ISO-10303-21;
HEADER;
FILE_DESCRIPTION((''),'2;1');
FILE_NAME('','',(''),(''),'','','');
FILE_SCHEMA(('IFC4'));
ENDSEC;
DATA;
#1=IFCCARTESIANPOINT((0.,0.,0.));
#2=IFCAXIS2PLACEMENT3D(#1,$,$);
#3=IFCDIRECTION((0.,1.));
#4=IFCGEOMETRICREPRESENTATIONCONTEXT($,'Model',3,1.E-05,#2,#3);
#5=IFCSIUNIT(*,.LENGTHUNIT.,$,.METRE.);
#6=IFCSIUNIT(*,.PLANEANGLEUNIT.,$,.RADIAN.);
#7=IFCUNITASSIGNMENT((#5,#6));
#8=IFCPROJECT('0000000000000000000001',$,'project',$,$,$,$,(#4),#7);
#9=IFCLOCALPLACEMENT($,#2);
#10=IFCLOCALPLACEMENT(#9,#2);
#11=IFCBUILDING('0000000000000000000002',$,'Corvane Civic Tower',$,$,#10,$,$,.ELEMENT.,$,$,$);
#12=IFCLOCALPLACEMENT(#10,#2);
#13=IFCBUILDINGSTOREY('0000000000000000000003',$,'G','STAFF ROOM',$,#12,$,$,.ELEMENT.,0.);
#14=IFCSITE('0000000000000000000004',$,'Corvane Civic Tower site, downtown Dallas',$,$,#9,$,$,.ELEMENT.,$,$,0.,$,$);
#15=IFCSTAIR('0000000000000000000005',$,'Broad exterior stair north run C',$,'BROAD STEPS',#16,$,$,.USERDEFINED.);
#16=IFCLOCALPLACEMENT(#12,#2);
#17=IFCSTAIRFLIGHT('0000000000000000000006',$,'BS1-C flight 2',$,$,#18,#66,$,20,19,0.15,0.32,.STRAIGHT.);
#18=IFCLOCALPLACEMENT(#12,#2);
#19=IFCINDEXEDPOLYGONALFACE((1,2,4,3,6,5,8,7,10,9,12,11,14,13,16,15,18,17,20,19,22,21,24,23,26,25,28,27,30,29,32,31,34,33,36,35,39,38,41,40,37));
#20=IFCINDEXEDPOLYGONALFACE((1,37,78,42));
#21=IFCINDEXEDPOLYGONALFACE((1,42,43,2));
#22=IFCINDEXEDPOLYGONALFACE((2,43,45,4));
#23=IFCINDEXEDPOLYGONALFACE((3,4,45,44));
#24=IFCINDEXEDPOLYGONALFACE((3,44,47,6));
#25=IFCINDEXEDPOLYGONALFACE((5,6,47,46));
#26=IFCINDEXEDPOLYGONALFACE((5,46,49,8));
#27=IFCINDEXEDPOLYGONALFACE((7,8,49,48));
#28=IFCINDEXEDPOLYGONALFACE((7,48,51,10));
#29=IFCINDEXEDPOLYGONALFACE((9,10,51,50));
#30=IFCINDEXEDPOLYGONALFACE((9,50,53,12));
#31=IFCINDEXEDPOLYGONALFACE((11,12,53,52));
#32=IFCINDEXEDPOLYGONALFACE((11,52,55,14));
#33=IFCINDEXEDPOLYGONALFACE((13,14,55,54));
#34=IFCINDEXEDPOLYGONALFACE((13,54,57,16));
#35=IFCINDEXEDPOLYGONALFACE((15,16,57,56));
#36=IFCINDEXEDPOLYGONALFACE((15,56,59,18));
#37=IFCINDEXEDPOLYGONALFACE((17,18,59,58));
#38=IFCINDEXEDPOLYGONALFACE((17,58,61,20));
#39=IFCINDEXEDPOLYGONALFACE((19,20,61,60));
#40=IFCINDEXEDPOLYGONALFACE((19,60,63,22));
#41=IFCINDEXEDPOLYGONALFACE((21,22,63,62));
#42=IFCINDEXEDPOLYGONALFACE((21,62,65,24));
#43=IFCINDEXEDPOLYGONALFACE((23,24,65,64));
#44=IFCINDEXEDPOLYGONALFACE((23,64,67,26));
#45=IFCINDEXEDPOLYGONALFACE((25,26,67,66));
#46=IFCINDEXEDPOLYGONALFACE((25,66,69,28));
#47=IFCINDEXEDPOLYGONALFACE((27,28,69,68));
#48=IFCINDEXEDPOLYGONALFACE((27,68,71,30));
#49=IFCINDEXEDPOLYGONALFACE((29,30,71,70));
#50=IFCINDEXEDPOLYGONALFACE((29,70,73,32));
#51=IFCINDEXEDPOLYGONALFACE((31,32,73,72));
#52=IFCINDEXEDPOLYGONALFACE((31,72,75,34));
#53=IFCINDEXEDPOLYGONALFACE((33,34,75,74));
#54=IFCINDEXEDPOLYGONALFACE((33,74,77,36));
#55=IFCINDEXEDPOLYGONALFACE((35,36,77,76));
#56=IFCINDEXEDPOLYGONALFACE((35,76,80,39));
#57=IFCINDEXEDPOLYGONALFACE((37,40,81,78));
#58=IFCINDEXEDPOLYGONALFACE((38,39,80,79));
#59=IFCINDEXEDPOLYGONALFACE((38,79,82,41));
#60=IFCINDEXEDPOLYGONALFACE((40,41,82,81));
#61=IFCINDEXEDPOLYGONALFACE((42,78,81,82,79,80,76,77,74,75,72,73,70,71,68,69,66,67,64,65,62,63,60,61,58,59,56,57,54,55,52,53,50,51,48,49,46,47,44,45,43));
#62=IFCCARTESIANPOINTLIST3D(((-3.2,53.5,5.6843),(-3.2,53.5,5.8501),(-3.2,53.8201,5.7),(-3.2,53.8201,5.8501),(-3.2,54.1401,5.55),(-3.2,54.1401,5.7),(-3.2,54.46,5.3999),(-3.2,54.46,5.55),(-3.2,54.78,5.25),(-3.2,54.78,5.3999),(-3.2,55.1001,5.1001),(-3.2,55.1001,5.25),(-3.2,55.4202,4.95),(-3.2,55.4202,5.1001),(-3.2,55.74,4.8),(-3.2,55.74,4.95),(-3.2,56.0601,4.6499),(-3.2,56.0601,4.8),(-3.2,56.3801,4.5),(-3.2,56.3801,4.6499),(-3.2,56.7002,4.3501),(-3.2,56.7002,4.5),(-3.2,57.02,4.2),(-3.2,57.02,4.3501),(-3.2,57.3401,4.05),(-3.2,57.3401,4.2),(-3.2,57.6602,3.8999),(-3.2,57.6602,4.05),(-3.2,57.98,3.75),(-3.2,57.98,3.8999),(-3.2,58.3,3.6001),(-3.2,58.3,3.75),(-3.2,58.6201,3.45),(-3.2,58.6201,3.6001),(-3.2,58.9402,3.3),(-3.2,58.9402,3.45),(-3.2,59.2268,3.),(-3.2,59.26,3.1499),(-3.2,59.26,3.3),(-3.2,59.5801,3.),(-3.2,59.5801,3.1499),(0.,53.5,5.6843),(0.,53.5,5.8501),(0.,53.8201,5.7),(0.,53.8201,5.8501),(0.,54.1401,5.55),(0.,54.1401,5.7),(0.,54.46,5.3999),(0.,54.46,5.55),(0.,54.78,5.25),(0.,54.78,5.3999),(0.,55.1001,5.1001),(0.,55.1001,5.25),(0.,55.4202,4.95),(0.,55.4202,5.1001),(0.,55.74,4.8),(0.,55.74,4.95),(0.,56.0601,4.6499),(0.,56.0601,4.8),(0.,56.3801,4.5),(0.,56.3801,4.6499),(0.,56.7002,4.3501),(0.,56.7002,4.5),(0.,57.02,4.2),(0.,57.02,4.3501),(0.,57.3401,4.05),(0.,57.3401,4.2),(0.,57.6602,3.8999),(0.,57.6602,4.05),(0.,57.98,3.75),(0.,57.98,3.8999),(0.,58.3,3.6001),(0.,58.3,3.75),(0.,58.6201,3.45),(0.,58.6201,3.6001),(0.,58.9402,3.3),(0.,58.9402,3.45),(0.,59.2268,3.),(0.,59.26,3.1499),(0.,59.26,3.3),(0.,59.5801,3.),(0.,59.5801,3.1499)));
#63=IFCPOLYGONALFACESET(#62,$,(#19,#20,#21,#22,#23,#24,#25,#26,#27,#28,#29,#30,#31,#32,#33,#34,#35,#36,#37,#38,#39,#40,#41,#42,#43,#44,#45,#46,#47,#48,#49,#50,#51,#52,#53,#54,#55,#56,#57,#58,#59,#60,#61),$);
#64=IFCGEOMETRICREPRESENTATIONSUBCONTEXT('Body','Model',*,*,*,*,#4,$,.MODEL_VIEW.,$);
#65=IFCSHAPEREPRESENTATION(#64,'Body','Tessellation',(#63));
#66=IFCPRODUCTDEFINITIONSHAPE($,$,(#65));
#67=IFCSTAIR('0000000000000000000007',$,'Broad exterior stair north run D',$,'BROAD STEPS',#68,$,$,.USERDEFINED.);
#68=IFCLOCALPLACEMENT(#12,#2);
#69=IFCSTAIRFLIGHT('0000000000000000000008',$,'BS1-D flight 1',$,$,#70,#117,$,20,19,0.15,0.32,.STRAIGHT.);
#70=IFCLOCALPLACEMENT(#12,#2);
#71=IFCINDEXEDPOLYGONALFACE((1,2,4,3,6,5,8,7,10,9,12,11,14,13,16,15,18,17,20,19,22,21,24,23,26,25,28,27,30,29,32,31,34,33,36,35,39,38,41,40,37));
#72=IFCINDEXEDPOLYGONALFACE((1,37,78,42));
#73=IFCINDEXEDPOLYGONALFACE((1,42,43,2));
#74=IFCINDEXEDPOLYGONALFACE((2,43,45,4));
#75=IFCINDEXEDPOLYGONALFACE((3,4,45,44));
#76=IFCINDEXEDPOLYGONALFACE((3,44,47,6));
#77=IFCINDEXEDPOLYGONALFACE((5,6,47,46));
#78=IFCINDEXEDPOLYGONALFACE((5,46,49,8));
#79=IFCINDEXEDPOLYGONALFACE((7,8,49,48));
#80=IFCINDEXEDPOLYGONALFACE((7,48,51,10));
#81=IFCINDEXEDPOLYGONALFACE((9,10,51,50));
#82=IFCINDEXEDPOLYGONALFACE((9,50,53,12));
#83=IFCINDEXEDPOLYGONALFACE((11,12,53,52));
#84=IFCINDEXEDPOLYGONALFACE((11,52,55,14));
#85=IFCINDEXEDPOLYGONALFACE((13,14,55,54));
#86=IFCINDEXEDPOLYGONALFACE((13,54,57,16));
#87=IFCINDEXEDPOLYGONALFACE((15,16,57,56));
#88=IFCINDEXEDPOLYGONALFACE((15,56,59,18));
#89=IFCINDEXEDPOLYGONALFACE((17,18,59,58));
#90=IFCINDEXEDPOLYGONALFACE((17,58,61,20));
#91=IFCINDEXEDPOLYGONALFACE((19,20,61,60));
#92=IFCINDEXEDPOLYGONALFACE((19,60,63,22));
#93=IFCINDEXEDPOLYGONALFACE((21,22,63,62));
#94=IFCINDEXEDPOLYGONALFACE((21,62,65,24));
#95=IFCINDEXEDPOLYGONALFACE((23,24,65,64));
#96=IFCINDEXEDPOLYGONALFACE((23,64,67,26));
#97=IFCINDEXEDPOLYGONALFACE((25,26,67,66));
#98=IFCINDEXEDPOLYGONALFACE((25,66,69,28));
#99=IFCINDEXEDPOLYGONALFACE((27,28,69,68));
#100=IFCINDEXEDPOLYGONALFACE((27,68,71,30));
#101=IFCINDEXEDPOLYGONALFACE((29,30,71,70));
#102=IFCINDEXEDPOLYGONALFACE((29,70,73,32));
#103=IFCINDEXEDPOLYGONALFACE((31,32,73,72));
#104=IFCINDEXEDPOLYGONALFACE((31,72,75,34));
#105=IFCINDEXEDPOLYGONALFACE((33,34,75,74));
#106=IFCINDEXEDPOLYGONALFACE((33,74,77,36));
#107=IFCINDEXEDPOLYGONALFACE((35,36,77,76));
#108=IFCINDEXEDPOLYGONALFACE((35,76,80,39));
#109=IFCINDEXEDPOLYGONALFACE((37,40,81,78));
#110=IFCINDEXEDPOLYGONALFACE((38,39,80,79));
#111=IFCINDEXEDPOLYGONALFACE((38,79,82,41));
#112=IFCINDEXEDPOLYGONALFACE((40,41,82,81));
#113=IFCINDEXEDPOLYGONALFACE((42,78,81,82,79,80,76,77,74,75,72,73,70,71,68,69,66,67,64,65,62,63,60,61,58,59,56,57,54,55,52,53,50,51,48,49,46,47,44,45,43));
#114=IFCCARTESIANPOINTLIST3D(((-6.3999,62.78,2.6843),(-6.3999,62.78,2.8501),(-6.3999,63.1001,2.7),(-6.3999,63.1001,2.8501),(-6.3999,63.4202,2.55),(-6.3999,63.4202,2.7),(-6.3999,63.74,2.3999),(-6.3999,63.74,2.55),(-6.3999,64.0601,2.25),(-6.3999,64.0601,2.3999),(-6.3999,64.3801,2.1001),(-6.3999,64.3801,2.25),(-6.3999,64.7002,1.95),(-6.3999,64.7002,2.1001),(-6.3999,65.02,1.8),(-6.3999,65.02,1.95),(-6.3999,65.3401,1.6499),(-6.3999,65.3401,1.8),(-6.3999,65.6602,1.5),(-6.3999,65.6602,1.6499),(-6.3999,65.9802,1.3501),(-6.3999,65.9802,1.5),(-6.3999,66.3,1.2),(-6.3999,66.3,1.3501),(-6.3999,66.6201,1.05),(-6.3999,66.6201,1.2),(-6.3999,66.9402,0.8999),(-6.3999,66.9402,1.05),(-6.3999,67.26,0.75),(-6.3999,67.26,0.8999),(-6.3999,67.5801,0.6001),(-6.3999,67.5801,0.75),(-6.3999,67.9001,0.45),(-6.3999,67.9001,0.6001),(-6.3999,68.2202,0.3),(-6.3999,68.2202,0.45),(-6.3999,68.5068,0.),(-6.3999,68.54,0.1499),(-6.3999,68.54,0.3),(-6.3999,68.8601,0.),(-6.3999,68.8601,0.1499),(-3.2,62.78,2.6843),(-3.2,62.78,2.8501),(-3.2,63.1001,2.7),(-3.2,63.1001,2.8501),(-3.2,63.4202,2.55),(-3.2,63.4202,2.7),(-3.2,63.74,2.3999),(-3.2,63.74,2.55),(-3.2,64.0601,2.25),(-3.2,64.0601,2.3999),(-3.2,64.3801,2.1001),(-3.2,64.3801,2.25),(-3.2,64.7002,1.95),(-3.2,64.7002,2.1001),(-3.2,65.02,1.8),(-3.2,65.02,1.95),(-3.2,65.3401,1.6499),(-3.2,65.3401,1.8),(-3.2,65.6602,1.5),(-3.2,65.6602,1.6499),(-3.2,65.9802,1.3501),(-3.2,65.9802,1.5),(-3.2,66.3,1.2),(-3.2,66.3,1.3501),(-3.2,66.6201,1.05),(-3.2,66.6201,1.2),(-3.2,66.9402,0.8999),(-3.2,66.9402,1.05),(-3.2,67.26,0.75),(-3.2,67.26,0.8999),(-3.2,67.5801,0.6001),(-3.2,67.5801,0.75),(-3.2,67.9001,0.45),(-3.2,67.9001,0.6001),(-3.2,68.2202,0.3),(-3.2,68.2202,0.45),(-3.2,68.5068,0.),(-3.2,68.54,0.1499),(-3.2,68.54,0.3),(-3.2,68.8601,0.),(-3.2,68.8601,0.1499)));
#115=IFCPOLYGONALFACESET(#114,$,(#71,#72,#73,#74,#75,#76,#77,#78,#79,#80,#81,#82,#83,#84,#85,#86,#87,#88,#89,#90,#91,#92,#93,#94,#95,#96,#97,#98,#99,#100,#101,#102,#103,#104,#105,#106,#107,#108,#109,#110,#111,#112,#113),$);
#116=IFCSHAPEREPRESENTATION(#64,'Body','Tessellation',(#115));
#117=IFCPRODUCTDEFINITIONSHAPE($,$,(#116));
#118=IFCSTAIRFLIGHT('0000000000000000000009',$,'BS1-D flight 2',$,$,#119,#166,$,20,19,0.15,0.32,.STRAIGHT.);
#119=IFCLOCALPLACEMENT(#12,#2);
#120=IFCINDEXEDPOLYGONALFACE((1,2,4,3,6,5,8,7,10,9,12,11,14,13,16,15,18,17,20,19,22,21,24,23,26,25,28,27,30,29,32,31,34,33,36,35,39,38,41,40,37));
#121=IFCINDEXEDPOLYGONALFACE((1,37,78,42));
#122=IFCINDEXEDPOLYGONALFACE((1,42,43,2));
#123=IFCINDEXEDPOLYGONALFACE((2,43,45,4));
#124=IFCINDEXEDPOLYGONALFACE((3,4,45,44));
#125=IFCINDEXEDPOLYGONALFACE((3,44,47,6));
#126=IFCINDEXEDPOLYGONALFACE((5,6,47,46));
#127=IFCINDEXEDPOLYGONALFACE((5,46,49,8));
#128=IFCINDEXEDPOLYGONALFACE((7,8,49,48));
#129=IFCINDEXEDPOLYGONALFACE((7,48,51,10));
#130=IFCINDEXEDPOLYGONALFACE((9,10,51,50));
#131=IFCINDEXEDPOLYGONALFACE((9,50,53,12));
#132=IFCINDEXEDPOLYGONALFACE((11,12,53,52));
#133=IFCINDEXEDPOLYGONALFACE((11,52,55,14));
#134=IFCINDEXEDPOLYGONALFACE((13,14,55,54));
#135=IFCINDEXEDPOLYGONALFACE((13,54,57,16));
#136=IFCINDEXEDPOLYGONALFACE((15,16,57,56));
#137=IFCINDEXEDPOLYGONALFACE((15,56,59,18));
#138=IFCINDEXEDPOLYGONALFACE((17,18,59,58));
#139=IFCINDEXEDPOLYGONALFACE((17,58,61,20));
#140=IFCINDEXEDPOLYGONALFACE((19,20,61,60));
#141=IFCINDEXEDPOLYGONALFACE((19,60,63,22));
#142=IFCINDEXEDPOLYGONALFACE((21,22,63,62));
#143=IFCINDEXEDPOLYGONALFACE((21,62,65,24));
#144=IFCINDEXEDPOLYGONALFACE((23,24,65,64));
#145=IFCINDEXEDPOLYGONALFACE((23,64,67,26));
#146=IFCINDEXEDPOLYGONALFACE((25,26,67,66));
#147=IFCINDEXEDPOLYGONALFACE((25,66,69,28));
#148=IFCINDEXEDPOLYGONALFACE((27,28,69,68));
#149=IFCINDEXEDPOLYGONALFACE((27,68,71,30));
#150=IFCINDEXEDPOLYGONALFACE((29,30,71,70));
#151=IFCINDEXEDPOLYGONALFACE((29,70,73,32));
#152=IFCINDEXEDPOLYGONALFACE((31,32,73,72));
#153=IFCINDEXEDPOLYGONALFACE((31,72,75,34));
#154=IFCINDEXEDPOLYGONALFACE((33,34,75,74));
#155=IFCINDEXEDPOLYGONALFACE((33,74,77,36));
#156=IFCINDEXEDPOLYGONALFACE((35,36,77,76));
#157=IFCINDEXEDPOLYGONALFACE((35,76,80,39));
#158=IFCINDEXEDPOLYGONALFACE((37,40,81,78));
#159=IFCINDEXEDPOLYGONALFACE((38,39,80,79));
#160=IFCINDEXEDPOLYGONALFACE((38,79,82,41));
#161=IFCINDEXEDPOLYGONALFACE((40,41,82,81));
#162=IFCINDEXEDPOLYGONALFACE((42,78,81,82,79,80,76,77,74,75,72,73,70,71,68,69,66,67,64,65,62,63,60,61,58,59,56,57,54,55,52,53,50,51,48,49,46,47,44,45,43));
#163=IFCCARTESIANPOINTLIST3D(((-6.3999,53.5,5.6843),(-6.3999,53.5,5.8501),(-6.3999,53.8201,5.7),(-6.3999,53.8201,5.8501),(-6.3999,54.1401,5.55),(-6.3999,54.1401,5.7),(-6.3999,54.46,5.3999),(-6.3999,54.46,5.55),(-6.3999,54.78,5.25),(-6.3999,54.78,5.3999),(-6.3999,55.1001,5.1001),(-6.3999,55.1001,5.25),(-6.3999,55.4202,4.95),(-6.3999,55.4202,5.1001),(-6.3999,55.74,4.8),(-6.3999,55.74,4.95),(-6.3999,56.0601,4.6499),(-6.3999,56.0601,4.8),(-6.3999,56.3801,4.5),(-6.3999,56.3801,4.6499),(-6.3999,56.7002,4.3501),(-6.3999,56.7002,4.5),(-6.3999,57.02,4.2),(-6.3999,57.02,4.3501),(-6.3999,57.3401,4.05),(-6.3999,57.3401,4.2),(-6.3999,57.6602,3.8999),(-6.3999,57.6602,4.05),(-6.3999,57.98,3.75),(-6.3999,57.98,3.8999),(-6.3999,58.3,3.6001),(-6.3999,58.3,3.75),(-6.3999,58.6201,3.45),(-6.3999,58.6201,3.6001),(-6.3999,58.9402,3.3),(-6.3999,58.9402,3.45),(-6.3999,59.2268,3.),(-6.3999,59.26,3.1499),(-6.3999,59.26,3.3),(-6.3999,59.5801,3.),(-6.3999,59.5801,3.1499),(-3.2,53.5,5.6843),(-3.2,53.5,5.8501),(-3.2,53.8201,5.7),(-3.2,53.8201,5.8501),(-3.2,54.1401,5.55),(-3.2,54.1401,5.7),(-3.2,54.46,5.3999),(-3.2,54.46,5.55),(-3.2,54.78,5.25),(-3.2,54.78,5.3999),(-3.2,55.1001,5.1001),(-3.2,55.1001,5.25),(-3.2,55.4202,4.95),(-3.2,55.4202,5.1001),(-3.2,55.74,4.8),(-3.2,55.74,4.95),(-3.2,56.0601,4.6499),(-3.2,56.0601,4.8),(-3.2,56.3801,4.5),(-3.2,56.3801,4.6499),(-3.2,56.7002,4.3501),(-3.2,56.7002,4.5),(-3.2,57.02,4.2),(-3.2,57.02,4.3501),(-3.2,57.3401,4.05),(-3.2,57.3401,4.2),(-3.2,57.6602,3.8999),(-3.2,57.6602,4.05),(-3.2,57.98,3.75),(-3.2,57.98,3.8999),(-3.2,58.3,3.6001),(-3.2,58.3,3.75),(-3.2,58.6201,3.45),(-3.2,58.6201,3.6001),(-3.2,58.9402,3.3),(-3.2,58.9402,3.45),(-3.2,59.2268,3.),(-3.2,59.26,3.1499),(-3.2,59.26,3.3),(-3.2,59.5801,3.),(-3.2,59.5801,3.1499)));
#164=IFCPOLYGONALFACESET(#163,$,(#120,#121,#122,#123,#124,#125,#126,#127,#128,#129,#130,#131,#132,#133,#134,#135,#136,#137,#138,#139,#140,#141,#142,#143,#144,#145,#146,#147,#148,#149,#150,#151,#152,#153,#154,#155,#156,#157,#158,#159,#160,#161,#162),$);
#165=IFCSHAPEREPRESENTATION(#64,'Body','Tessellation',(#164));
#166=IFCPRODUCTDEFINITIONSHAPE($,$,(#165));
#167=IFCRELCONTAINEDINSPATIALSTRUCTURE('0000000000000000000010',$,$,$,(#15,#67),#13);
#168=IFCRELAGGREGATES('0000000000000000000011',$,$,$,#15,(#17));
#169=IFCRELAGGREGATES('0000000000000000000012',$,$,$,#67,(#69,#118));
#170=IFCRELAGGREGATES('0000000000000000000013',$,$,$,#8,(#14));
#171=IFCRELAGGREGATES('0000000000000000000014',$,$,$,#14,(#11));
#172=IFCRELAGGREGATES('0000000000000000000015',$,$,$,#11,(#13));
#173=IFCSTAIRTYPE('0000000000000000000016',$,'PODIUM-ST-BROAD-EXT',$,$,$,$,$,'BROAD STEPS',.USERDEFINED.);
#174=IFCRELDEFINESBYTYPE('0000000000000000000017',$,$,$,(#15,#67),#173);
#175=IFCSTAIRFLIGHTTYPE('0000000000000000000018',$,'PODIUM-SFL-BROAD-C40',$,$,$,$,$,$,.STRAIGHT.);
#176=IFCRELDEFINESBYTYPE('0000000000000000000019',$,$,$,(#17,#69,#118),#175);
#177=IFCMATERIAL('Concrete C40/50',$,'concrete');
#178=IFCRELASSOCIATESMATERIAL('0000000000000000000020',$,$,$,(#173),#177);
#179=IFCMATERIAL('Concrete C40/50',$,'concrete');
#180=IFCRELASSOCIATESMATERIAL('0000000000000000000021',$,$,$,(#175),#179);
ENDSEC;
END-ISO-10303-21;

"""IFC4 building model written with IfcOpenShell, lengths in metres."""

from ifc_helpers import new_model, si_unit, direction, frame, origin, place, context, subcontext, project, spatial, polyline, outline, extrude, material, type_object, element, aggregate, save


model = new_model("IFC4")

# Units and contexts
model_context = context("Model", 3, precision=1e-05, world=origin(), true_north=direction((0.0, 1.0)))
body_context = subcontext(model_context, "Body", "Model", "MODEL_VIEW")
ifc_project = project(units=[si_unit("LENGTHUNIT", "METRE"), si_unit("PLANEANGLEUNIT", "RADIAN")], contexts=[model_context])

# Site, building, storey
site_placement = place(None, origin())
site = spatial("IfcSite", under=ifc_project, at=site_placement, Name="Corvane Civic Tower site, downtown Dallas", CompositionType="ELEMENT", RefElevation=0.0)
building_placement = place(site_placement, origin())
building = spatial("IfcBuilding", under=site, at=building_placement, Name="Corvane Civic Tower", CompositionType="ELEMENT")
storey_placement = place(building_placement, origin())
storey = spatial("IfcBuildingStorey", under=building, at=storey_placement, Name="G", Description="STAFF ROOM", CompositionType="ELEMENT", Elevation=0.0)

# Stairs, stair flights
ifc_material_1 = material(Name="Concrete C40/50", Category="concrete")
stair_type = type_object("IfcStairType", Name="PODIUM-ST-BROAD-EXT", ElementType="BROAD STEPS", PredefinedType="USERDEFINED", material=ifc_material_1)
stair_1_placement = place(storey_placement, origin())
stair_1 = element("IfcStair", 1, at=stair_1_placement, inside=storey, type_object=stair_type, Name="Broad exterior stair north run C", ObjectType="BROAD STEPS", PredefinedType="USERDEFINED")
ifc_material_2 = material(Name="Concrete C40/50", Category="concrete")
stair_flight_type = type_object("IfcStairFlightType", Name="PODIUM-SFL-BROAD-C40", PredefinedType="STRAIGHT", material=ifc_material_2)
stair_flight_1_placement = place(storey_placement, frame((-1.6001, 59.5801, 3.0), z_axis=(0.0, 0.0, 1.0), x_axis=(0.0, -1.0, 0.0)))
stair_flight_1 = element("IfcStairFlight", 2, at=stair_flight_1_placement, type_object=stair_flight_type, Name="BS1-C flight 2", NumberOfRisers=20, NumberOfTreads=19, PredefinedType="STRAIGHT", RiserHeight=0.15, TreadLength=0.32, context=body_context, shape_type="SweptSolid", body=[
    extrude(outline(polyline([(0.0, 0.0), (0.0, 0.1499), (0.3201, 0.1499), (0.3201, 0.3), (0.6399, 0.3), (0.6399, 0.45), (0.96, 0.45), (0.96, 0.6001), (1.28, 0.6001), (1.28, 0.75), (1.6001, 0.75), (1.6001, 0.8999), (1.9199, 0.8999), (1.9199, 1.05), (2.24, 1.05), (2.24, 1.2), (2.5601, 1.2), (2.5601, 1.3501), (2.8799, 1.3501), (2.8799, 1.5), (3.2, 1.5), (3.2, 1.6499), (3.52, 1.6499), (3.52, 1.8), (3.8401, 1.8), (3.8401, 1.95), (4.1599, 1.95), (4.1599, 2.1001), (4.48, 2.1001), (4.48, 2.25), (4.8, 2.25), (4.8, 2.3999), (5.1201, 2.3999), (5.1201, 2.55), (5.4399, 2.55), (5.4399, 2.7), (5.76, 2.7), (5.76, 2.8501), (6.0801, 2.8501), (6.0801, 3.0), (6.0801, 2.6843), (0.3533, 0.0), (0.0, 0.0)])), frame((0.0, 1.6001, 0.0), z_axis=(0.0, -1.0, 0.0), x_axis=(1.0, 0.0, 0.0)), (0.0, 0.0, 1.0), 3.2),
])
aggregate(stair_1, [stair_flight_1])
stair_2_placement = place(storey_placement, origin())
stair_2 = element("IfcStair", 3, at=stair_2_placement, inside=storey, type_object=stair_type, Name="Broad exterior stair north run D", ObjectType="BROAD STEPS", PredefinedType="USERDEFINED")
stair_flight_2_placement = place(storey_placement, frame((-4.8, 68.8601, 0.0), z_axis=(0.0, 0.0, 1.0), x_axis=(0.0, -1.0, 0.0)))
stair_flight_2 = element("IfcStairFlight", 4, at=stair_flight_2_placement, type_object=stair_flight_type, Name="BS1-D flight 1", NumberOfRisers=20, NumberOfTreads=19, PredefinedType="STRAIGHT", RiserHeight=0.15, TreadLength=0.32, context=body_context, shape_type="SweptSolid", body=[
    extrude(outline(polyline([(0.0, 0.0), (0.0, 0.1499), (0.3201, 0.1499), (0.3201, 0.3), (0.6399, 0.3), (0.6399, 0.45), (0.96, 0.45), (0.96, 0.6001), (1.28, 0.6001), (1.28, 0.75), (1.6001, 0.75), (1.6001, 0.8999), (1.9199, 0.8999), (1.9199, 1.05), (2.24, 1.05), (2.24, 1.2), (2.5601, 1.2), (2.5601, 1.3501), (2.8799, 1.3501), (2.8799, 1.5), (3.2, 1.5), (3.2, 1.6499), (3.52, 1.6499), (3.52, 1.8), (3.8401, 1.8), (3.8401, 1.95), (4.1599, 1.95), (4.1599, 2.1001), (4.48, 2.1001), (4.48, 2.25), (4.8, 2.25), (4.8, 2.3999), (5.1201, 2.3999), (5.1201, 2.55), (5.4399, 2.55), (5.4399, 2.7), (5.76, 2.7), (5.76, 2.8501), (6.0801, 2.8501), (6.0801, 3.0), (6.0801, 2.6843), (0.3533, 0.0), (0.0, 0.0)])), frame((0.0, 1.6001, 0.0), z_axis=(0.0, -1.0, 0.0), x_axis=(1.0, 0.0, 0.0)), (0.0, 0.0, 1.0), 3.2),
])
stair_flight_3_placement = place(storey_placement, frame((-4.8, 59.5801, 3.0), z_axis=(0.0, 0.0, 1.0), x_axis=(0.0, -1.0, 0.0)))
stair_flight_3 = element("IfcStairFlight", 5, at=stair_flight_3_placement, type_object=stair_flight_type, Name="BS1-D flight 2", NumberOfRisers=20, NumberOfTreads=19, PredefinedType="STRAIGHT", RiserHeight=0.15, TreadLength=0.32, context=body_context, shape_type="SweptSolid", body=[
    extrude(outline(polyline([(0.0, 0.0), (0.0, 0.1499), (0.3201, 0.1499), (0.3201, 0.3), (0.6399, 0.3), (0.6399, 0.45), (0.96, 0.45), (0.96, 0.6001), (1.28, 0.6001), (1.28, 0.75), (1.6001, 0.75), (1.6001, 0.8999), (1.9199, 0.8999), (1.9199, 1.05), (2.24, 1.05), (2.24, 1.2), (2.5601, 1.2), (2.5601, 1.3501), (2.8799, 1.3501), (2.8799, 1.5), (3.2, 1.5), (3.2, 1.6499), (3.52, 1.6499), (3.52, 1.8), (3.8401, 1.8), (3.8401, 1.95), (4.1599, 1.95), (4.1599, 2.1001), (4.48, 2.1001), (4.48, 2.25), (4.8, 2.25), (4.8, 2.3999), (5.1201, 2.3999), (5.1201, 2.55), (5.4399, 2.55), (5.4399, 2.7), (5.76, 2.7), (5.76, 2.8501), (6.0801, 2.8501), (6.0801, 3.0), (6.0801, 2.6843), (0.3533, 0.0), (0.0, 0.0)])), frame((0.0, 1.6001, 0.0), z_axis=(0.0, -1.0, 0.0), x_axis=(1.0, 0.0, 0.0)), (0.0, 0.0, 1.0), 3.2),
])
aggregate(stair_2, [stair_flight_2, stair_flight_3])

save(model, "model.ifc")
